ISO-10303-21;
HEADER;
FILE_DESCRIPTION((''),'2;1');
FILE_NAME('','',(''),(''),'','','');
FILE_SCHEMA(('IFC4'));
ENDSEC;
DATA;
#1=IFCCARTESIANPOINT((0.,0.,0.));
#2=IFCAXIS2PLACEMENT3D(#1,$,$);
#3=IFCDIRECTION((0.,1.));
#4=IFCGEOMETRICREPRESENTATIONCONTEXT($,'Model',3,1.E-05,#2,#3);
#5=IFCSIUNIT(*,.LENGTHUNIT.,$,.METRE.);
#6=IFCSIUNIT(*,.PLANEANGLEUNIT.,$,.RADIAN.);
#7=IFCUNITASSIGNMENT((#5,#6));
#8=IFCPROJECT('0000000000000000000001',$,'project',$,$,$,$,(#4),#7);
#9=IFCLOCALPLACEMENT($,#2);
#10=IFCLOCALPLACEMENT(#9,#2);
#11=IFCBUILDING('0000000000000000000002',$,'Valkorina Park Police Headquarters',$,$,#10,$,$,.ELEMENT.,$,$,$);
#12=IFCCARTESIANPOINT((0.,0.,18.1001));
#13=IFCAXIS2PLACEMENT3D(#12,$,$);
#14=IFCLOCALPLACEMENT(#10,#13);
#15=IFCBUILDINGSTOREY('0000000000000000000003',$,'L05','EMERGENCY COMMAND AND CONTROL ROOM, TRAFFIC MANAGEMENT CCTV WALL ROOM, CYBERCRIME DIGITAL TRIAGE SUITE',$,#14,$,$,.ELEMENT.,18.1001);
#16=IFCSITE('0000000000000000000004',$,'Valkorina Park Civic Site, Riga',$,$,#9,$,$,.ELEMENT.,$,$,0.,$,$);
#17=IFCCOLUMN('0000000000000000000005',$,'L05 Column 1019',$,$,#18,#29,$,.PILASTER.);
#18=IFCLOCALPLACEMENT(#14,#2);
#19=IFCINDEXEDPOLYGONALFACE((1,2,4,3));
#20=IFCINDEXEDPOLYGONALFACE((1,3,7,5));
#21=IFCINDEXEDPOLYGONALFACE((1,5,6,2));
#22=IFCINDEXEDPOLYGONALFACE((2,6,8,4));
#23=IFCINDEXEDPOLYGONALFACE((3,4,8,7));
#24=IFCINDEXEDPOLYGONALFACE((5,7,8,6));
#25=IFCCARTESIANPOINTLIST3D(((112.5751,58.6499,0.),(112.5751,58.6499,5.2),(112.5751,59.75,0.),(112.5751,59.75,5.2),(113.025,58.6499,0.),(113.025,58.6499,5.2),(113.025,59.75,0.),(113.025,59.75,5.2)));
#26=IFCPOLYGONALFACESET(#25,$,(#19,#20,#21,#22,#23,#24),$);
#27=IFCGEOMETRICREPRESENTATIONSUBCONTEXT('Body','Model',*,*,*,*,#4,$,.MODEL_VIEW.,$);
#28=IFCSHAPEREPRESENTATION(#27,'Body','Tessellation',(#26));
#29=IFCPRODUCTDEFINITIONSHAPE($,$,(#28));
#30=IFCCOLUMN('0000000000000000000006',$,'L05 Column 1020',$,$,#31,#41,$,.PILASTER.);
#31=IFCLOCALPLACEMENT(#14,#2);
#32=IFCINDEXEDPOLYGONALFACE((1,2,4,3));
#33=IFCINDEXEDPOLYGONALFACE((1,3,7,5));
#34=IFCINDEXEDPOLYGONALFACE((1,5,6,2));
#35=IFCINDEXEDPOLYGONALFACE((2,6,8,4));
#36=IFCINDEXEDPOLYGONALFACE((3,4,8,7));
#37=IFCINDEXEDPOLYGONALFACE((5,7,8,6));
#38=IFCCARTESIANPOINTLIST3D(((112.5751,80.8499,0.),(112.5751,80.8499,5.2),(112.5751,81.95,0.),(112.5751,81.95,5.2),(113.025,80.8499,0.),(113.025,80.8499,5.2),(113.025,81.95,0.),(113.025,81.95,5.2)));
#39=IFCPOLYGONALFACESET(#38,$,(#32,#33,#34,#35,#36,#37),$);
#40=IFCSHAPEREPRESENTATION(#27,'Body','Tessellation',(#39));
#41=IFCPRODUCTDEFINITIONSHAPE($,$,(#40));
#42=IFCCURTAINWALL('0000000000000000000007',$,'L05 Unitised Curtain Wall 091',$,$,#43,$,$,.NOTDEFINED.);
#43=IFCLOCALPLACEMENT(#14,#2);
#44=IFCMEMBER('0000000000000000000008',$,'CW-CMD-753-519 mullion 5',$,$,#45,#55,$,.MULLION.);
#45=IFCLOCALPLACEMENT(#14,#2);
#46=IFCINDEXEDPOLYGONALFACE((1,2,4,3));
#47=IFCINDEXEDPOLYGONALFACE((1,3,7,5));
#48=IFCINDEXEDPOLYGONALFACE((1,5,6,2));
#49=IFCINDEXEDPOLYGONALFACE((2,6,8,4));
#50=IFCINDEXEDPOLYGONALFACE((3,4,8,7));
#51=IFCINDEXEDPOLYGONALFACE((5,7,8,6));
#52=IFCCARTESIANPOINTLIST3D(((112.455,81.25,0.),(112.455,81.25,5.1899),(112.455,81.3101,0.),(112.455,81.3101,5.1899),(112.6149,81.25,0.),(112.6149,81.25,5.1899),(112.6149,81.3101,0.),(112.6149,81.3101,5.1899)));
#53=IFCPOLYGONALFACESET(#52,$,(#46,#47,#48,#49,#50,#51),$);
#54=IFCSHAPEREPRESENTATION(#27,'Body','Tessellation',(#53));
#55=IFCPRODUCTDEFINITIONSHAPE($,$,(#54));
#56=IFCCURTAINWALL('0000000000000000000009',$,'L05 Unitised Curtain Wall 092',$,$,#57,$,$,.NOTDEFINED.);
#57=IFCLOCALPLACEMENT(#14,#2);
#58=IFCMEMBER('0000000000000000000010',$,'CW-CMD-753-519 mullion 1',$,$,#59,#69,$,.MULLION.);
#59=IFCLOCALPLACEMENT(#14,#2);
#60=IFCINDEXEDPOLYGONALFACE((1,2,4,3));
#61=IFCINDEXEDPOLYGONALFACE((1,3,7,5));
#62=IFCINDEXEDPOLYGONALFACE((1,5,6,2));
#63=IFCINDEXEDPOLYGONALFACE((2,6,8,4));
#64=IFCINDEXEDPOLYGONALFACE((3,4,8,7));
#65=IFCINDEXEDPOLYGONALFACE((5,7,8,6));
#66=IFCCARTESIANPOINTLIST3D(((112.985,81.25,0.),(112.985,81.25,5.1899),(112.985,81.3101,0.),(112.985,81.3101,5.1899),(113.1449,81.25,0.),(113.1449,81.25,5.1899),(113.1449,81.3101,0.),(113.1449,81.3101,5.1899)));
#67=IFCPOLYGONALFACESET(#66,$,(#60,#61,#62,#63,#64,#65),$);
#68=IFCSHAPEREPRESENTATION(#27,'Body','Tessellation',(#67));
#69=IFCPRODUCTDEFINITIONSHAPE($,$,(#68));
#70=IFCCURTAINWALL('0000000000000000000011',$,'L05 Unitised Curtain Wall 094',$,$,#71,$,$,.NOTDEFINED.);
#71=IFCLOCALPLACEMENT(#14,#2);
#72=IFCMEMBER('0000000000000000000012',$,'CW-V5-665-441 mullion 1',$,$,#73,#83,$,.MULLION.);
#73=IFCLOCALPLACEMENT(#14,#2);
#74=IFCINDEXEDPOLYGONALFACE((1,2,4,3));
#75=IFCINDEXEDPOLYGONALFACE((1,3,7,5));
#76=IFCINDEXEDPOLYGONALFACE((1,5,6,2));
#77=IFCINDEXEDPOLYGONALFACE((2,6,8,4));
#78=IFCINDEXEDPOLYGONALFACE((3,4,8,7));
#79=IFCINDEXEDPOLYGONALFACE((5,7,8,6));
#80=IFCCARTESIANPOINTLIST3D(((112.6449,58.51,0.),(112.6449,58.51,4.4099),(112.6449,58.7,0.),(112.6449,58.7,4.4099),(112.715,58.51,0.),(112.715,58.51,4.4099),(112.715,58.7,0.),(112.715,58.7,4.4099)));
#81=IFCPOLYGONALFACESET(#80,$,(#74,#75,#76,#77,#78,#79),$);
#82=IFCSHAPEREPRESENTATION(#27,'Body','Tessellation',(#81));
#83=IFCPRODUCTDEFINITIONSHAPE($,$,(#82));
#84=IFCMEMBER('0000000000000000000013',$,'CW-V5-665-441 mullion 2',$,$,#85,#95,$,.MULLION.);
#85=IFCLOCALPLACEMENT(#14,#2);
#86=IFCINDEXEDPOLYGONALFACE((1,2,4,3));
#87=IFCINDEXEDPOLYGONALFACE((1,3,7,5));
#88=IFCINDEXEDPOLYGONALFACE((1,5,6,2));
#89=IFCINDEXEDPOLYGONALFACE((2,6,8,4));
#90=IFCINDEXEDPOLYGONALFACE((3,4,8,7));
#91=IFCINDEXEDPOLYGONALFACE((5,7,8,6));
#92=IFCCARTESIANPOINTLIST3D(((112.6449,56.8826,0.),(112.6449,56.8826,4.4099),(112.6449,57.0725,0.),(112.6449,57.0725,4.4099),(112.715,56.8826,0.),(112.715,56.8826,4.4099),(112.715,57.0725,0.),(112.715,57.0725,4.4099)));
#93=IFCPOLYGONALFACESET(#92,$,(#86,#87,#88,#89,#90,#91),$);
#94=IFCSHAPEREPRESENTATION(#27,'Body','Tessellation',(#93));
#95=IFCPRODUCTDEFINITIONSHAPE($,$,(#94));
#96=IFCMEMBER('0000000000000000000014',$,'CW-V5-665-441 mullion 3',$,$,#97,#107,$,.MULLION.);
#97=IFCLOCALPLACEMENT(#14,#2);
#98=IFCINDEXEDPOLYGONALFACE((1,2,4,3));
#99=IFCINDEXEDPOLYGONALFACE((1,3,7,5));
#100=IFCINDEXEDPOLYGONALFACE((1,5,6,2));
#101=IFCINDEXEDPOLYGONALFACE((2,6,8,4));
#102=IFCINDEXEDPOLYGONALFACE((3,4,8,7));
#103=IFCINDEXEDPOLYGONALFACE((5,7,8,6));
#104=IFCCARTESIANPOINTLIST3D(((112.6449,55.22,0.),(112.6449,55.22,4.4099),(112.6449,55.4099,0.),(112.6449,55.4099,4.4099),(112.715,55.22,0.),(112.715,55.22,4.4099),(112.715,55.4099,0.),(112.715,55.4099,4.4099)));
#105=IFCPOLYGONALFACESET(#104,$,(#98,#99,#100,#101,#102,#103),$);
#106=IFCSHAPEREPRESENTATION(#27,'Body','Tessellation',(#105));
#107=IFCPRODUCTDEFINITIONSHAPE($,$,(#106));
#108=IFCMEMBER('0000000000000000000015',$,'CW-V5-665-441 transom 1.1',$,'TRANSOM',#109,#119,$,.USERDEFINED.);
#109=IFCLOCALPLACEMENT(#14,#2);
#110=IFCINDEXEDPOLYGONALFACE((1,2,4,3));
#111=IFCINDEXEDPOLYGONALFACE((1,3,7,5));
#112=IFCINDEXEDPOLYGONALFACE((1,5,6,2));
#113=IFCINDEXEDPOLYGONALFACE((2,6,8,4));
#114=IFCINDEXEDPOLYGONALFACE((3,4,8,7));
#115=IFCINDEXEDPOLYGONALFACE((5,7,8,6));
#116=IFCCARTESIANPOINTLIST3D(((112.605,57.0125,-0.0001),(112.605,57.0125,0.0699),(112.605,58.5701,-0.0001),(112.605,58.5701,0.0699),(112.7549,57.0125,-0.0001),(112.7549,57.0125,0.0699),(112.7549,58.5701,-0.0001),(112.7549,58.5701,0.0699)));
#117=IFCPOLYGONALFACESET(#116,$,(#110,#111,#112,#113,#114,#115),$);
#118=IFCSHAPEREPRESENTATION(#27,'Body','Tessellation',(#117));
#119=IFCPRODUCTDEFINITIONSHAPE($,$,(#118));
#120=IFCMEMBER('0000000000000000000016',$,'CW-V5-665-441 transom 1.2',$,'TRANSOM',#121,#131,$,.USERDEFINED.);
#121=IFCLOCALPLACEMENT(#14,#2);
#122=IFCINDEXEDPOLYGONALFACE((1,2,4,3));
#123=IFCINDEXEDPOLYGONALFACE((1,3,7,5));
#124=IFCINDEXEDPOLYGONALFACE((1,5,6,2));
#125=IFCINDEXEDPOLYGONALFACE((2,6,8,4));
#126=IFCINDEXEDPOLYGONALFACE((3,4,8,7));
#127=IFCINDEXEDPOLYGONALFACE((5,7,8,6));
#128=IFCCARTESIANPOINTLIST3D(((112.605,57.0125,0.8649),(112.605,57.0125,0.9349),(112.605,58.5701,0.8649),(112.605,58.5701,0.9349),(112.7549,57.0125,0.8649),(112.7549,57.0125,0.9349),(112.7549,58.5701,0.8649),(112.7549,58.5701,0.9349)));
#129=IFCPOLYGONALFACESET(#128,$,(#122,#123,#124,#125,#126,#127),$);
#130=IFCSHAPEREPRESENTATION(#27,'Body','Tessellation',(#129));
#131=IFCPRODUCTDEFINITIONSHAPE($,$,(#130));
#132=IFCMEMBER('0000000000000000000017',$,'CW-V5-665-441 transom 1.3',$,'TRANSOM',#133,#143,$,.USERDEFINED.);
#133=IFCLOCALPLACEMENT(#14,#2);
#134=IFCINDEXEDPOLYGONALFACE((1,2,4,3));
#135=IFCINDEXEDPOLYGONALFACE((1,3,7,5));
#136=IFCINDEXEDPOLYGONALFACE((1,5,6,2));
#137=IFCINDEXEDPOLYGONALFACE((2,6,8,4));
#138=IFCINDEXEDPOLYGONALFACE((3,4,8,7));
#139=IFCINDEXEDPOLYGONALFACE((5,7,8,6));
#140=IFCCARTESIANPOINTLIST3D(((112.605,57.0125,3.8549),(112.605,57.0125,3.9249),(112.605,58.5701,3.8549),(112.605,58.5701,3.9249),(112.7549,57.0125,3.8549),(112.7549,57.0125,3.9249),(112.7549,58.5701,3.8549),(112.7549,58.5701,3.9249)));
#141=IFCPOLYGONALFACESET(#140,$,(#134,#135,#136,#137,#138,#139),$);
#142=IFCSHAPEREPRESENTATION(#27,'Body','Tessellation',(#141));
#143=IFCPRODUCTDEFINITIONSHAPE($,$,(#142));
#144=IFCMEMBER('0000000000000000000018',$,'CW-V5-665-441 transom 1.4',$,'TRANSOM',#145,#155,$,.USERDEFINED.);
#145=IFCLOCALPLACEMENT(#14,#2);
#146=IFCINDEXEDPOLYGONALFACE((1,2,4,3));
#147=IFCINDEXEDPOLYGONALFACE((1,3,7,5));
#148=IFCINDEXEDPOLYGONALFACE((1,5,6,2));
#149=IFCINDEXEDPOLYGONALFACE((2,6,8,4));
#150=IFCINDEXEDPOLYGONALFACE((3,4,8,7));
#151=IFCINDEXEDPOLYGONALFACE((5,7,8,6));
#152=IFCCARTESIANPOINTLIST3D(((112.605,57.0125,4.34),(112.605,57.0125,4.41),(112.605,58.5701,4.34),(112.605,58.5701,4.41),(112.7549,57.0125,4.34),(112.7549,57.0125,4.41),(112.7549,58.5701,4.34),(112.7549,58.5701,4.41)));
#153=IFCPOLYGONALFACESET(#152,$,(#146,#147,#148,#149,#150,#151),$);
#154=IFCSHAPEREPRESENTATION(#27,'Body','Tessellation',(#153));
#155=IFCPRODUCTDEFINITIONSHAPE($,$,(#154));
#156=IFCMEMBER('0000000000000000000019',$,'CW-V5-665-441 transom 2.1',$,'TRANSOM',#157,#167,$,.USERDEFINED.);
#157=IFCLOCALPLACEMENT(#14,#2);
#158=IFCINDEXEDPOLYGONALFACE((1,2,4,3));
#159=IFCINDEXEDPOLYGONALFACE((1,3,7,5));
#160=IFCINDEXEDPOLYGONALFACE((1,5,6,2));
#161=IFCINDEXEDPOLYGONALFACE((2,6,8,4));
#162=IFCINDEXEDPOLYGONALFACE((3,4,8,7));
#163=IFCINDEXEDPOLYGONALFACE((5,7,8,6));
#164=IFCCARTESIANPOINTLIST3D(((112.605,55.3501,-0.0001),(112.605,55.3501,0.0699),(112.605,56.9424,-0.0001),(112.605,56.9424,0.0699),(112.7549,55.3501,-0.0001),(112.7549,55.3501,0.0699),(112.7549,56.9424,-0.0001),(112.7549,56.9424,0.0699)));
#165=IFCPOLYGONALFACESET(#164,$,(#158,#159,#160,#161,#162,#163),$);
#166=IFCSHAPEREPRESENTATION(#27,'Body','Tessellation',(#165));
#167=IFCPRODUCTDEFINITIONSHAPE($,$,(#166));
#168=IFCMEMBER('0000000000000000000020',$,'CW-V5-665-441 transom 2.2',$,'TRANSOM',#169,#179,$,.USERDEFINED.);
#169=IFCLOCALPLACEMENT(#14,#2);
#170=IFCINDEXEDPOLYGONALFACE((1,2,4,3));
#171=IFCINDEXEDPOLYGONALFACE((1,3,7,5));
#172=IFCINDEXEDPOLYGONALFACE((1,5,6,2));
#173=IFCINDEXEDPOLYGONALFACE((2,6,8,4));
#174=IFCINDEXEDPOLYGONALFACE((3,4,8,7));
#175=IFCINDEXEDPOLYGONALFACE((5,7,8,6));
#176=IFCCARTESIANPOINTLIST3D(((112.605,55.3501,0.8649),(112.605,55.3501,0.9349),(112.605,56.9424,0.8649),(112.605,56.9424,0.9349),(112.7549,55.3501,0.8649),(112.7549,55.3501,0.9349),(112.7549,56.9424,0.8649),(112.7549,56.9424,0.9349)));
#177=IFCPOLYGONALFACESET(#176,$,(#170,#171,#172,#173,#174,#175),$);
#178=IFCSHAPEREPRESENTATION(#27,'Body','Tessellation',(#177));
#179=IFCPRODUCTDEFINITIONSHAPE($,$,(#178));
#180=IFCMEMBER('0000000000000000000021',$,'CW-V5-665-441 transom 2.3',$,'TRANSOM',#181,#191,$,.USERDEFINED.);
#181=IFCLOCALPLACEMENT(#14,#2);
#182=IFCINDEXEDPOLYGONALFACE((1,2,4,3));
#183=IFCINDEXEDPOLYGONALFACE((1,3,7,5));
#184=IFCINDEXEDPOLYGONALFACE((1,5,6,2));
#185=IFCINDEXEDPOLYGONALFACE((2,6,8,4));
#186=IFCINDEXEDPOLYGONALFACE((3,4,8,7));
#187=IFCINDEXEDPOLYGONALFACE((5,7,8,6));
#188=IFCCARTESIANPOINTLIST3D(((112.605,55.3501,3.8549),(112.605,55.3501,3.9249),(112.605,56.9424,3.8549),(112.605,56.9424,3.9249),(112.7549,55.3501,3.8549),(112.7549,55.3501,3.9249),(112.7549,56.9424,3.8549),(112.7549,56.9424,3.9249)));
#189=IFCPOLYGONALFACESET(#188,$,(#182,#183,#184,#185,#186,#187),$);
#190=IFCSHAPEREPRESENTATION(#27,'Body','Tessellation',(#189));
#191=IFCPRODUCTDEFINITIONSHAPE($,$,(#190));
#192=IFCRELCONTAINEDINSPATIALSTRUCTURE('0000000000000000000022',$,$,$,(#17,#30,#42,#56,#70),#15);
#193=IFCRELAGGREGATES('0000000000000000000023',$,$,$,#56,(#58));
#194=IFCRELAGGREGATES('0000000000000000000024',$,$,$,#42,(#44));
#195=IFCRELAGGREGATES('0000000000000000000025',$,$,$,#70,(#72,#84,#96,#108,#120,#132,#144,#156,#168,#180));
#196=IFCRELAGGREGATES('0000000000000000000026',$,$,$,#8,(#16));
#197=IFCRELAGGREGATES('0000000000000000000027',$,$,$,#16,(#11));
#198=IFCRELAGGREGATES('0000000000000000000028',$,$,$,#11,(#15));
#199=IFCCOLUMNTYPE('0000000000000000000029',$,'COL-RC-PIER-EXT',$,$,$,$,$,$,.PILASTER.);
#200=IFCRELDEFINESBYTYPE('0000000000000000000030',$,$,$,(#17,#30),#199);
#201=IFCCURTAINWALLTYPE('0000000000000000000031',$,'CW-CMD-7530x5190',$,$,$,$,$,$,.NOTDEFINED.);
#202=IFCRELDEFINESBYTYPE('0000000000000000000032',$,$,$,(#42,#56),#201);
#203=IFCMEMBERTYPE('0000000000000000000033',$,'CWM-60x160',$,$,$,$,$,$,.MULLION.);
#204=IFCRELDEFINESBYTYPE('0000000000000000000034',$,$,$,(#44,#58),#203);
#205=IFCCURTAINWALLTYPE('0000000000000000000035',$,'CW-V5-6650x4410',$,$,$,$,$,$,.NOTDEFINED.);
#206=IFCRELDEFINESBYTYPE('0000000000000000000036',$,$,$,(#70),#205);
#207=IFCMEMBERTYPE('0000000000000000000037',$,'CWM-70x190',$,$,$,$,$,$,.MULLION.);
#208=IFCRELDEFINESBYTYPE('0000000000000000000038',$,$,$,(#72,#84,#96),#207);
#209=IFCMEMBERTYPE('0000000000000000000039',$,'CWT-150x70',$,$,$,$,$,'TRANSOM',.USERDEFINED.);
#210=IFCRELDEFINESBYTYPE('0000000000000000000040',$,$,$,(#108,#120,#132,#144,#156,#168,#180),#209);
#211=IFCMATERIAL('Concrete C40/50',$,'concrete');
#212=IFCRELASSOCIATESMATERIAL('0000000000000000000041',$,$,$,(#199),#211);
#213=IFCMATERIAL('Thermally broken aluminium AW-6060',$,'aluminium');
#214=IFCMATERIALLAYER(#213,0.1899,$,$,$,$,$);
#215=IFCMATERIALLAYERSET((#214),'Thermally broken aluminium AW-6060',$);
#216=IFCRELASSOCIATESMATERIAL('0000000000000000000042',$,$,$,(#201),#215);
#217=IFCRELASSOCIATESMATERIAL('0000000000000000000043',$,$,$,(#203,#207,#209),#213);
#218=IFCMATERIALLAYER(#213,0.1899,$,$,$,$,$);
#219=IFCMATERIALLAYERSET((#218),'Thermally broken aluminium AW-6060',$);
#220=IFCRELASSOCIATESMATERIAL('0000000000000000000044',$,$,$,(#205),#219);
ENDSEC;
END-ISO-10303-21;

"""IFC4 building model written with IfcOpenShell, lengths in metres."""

from ifc_helpers import new_model, si_unit, direction, frame, origin, origin_2d, place, context, subcontext, project, spatial, rectangle, extrude, material, layer, layer_set, material_profile, profile_set, type_object, element, aggregate, save


model = new_model("IFC4")

# Units and contexts
model_context = context("Model", 3, precision=1e-05, world=origin(), true_north=direction((0.0, 1.0)))
body_context = subcontext(model_context, "Body", "Model", "MODEL_VIEW")
ifc_project = project(units=[si_unit("LENGTHUNIT", "METRE"), si_unit("PLANEANGLEUNIT", "RADIAN")], contexts=[model_context])

# Site, building, storey
site_placement = place(None, origin())
site = spatial("IfcSite", under=ifc_project, at=site_placement, Name="Valkorina Park Civic Site, Riga", CompositionType="ELEMENT", RefElevation=0.0)
building_placement = place(site_placement, origin())
building = spatial("IfcBuilding", under=site, at=building_placement, Name="Valkorina Park Police Headquarters", CompositionType="ELEMENT")
storey_placement = place(building_placement, frame((0.0, 0.0, 18.1001)))
storey = spatial("IfcBuildingStorey", under=building, at=storey_placement, Name="L05", Description="EMERGENCY COMMAND AND CONTROL ROOM, TRAFFIC MANAGEMENT CCTV WALL ROOM, CYBERCRIME DIGITAL TRIAGE SUITE", CompositionType="ELEMENT", Elevation=18.1001)

# Columns
ifc_material_1 = material(Name="Concrete C40/50", Category="concrete")
ifc_material_profile_1 = material_profile(ifc_material_1, rectangle(XDim=0.45, YDim=1.1001, at=origin_2d()), Name="RC PIER 450x1100")
ifc_profile_set_1 = profile_set([ifc_material_profile_1], Name="Concrete C40/50")
column_type = type_object("IfcColumnType", Name="COL-RC-PIER-EXT", PredefinedType="PILASTER", material=ifc_profile_set_1)
for number, where, z_axis, x_axis, name in (
    (1, (112.8, 59.2, 0.0), (0.0, 0.0, 1.0), (1.0, 0.0, 0.0), "L05 Column 1019"),
    (2, (112.8, 81.3999, 0.0), (0.0, 0.0, 1.0), (1.0, 0.0, 0.0), "L05 Column 1020"),
):
    element("IfcColumn", number, at=place(storey_placement, frame(where, z_axis=z_axis, x_axis=x_axis)), inside=storey, type_object=column_type, Name=name, PredefinedType="PILASTER", context=body_context, shape_type="SweptSolid", body=[
        extrude(rectangle(XDim=0.45, YDim=1.1001, at=origin_2d()), origin(), (0.0, 0.0, 1.0), 5.2),
    ])

# Curtain walls, members
ifc_material_2 = material(Name="Thermally broken aluminium AW-6060", Category="aluminium")
ifc_layer_1 = layer(ifc_material_2, 0.1899)
ifc_layer_set_1 = layer_set([ifc_layer_1], Name="Thermally broken aluminium AW-6060")
curtain_wall_type_1 = type_object("IfcCurtainWallType", Name="CW-CMD-7530x5190", PredefinedType="NOTDEFINED", material=ifc_layer_set_1)
curtain_wall_1_placement = place(storey_placement, origin())
curtain_wall_1 = element("IfcCurtainWall", 3, at=curtain_wall_1_placement, inside=storey, type_object=curtain_wall_type_1, Name="L05 Unitised Curtain Wall 091", PredefinedType="NOTDEFINED")
ifc_material_profile_2 = material_profile(ifc_material_2, rectangle(XDim=0.0601, YDim=0.1599, at=origin_2d()), Name="CWM-01 60x160")
ifc_profile_set_2 = profile_set([ifc_material_profile_2], Name="Thermally broken aluminium AW-6060")
member_type_1 = type_object("IfcMemberType", Name="CWM-60x160", PredefinedType="MULLION", material=ifc_profile_set_2)
member_1_placement = place(storey_placement, frame((112.5349, 81.28, 0.0), z_axis=(0.0, 0.0, 1.0), x_axis=(0.0, 1.0, 0.0)))
member_1 = element("IfcMember", 4, at=member_1_placement, type_object=member_type_1, Name="CW-CMD-753-519 mullion 5", PredefinedType="MULLION", context=body_context, shape_type="SweptSolid", body=[
    extrude(rectangle(XDim=0.0601, YDim=0.1599, at=origin_2d()), origin(), (0.0, 0.0, 1.0), 5.1899),
])
curtain_wall_2_placement = place(storey_placement, origin())
curtain_wall_2 = element("IfcCurtainWall", 5, at=curtain_wall_2_placement, inside=storey, type_object=curtain_wall_type_1, Name="L05 Unitised Curtain Wall 092", PredefinedType="NOTDEFINED")
member_2_placement = place(storey_placement, frame((113.0649, 81.28, 0.0), z_axis=(0.0, 0.0, 1.0), x_axis=(0.0, 1.0, 0.0)))
member_2 = element("IfcMember", 6, at=member_2_placement, type_object=member_type_1, Name="CW-CMD-753-519 mullion 1", PredefinedType="MULLION", context=body_context, shape_type="SweptSolid", body=[
    extrude(rectangle(XDim=0.0601, YDim=0.1599, at=origin_2d()), origin(), (0.0, 0.0, 1.0), 5.1899),
])
aggregate(curtain_wall_2, [member_2])

# Curtain wall, members
ifc_layer_2 = layer(ifc_material_2, 0.1899)
ifc_layer_set_2 = layer_set([ifc_layer_2], Name="Thermally broken aluminium AW-6060")
curtain_wall_type_2 = type_object("IfcCurtainWallType", Name="CW-V5-6650x4410", PredefinedType="NOTDEFINED", material=ifc_layer_set_2)
curtain_wall_3_placement = place(storey_placement, origin())
curtain_wall_3 = element("IfcCurtainWall", 7, at=curtain_wall_3_placement, inside=storey, type_object=curtain_wall_type_2, Name="L05 Unitised Curtain Wall 094", PredefinedType="NOTDEFINED")
ifc_material_profile_3 = material_profile(ifc_material_2, rectangle(XDim=0.0701, YDim=0.1899, at=origin_2d()), Name="CWM-02 70x190")
ifc_profile_set_3 = profile_set([ifc_material_profile_3], Name="Thermally broken aluminium AW-6060")
member_type_2 = type_object("IfcMemberType", Name="CWM-70x190", PredefinedType="MULLION", material=ifc_profile_set_3)
member_3_placement = place(storey_placement, frame((112.6799, 58.605, 0.0), z_axis=(0.0, 0.0, 1.0), x_axis=(1.0, 0.0, 0.0)))
member_3 = element("IfcMember", 8, at=member_3_placement, type_object=member_type_2, Name="CW-V5-665-441 mullion 1", PredefinedType="MULLION", context=body_context, shape_type="SweptSolid", body=[
    extrude(rectangle(XDim=0.0701, YDim=0.1899, at=origin_2d()), origin(), (0.0, 0.0, 1.0), 4.4099),
])
member_4_placement = place(storey_placement, frame((112.6799, 56.9775, 0.0), z_axis=(0.0, 0.0, 1.0), x_axis=(1.0, 0.0, 0.0)))
member_4 = element("IfcMember", 9, at=member_4_placement, type_object=member_type_2, Name="CW-V5-665-441 mullion 2", PredefinedType="MULLION", context=body_context, shape_type="SweptSolid", body=[
    extrude(rectangle(XDim=0.0701, YDim=0.1899, at=origin_2d()), origin(), (0.0, 0.0, 1.0), 4.4099),
])
member_5_placement = place(storey_placement, frame((112.6799, 55.3149, 0.0), z_axis=(0.0, 0.0, 1.0), x_axis=(1.0, 0.0, 0.0)))
member_5 = element("IfcMember", 10, at=member_5_placement, type_object=member_type_2, Name="CW-V5-665-441 mullion 3", PredefinedType="MULLION", context=body_context, shape_type="SweptSolid", body=[
    extrude(rectangle(XDim=0.0701, YDim=0.1899, at=origin_2d()), origin(), (0.0, 0.0, 1.0), 4.4099),
])
ifc_material_profile_4 = material_profile(ifc_material_2, rectangle(XDim=0.1499, YDim=0.0701, at=origin_2d()), Name="CWT-02 150x70")
ifc_profile_set_4 = profile_set([ifc_material_profile_4], Name="Thermally broken aluminium AW-6060")
member_type_3 = type_object("IfcMemberType", Name="CWT-150x70", ElementType="TRANSOM", PredefinedType="USERDEFINED", material=ifc_profile_set_4)
member_6_placement = place(storey_placement, frame((112.6799, 58.5701, 0.0349), z_axis=(0.0, -1.0, 0.0), x_axis=(1.0, 0.0, 0.0)))
member_6 = element("IfcMember", 11, at=member_6_placement, type_object=member_type_3, Name="CW-V5-665-441 transom 1.1", ObjectType="TRANSOM", PredefinedType="USERDEFINED", context=body_context, shape_type="SweptSolid", body=[
    extrude(rectangle(XDim=0.1499, YDim=0.0701, at=origin_2d()), origin(), (0.0, 0.0, 1.0), 1.5576),
])
member_7_placement = place(storey_placement, frame((112.6799, 58.5701, 0.8999), z_axis=(0.0, -1.0, 0.0), x_axis=(1.0, 0.0, 0.0)))
member_7 = element("IfcMember", 12, at=member_7_placement, type_object=member_type_3, Name="CW-V5-665-441 transom 1.2", ObjectType="TRANSOM", PredefinedType="USERDEFINED", context=body_context, shape_type="SweptSolid", body=[
    extrude(rectangle(XDim=0.1499, YDim=0.0701, at=origin_2d()), origin(), (0.0, 0.0, 1.0), 1.5576),
])
member_8_placement = place(storey_placement, frame((112.6799, 58.5701, 3.8899), z_axis=(0.0, -1.0, 0.0), x_axis=(1.0, 0.0, 0.0)))
member_8 = element("IfcMember", 13, at=member_8_placement, type_object=member_type_3, Name="CW-V5-665-441 transom 1.3", ObjectType="TRANSOM", PredefinedType="USERDEFINED", context=body_context, shape_type="SweptSolid", body=[
    extrude(rectangle(XDim=0.1499, YDim=0.0701, at=origin_2d()), origin(), (0.0, 0.0, 1.0), 1.5576),
])
member_9_placement = place(storey_placement, frame((112.6799, 58.5701, 4.375), z_axis=(0.0, -1.0, 0.0), x_axis=(1.0, 0.0, 0.0)))
member_9 = element("IfcMember", 14, at=member_9_placement, type_object=member_type_3, Name="CW-V5-665-441 transom 1.4", ObjectType="TRANSOM", PredefinedType="USERDEFINED", context=body_context, shape_type="SweptSolid", body=[
    extrude(rectangle(XDim=0.1499, YDim=0.0701, at=origin_2d()), origin(), (0.0, 0.0, 1.0), 1.5576),
])
member_10_placement = place(storey_placement, frame((112.6799, 56.9424, 0.0349), z_axis=(0.0, -1.0, 0.0), x_axis=(1.0, 0.0, 0.0)))
member_10 = element("IfcMember", 15, at=member_10_placement, type_object=member_type_3, Name="CW-V5-665-441 transom 2.1", ObjectType="TRANSOM", PredefinedType="USERDEFINED", context=body_context, shape_type="SweptSolid", body=[
    extrude(rectangle(XDim=0.1499, YDim=0.0701, at=origin_2d()), origin(), (0.0, 0.0, 1.0), 1.5923),
])
member_11_placement = place(storey_placement, frame((112.6799, 56.9424, 0.8999), z_axis=(0.0, -1.0, 0.0), x_axis=(1.0, 0.0, 0.0)))
member_11 = element("IfcMember", 16, at=member_11_placement, type_object=member_type_3, Name="CW-V5-665-441 transom 2.2", ObjectType="TRANSOM", PredefinedType="USERDEFINED", context=body_context, shape_type="SweptSolid", body=[
    extrude(rectangle(XDim=0.1499, YDim=0.0701, at=origin_2d()), origin(), (0.0, 0.0, 1.0), 1.5923),
])
member_12_placement = place(storey_placement, frame((112.6799, 56.9424, 3.8899), z_axis=(0.0, -1.0, 0.0), x_axis=(1.0, 0.0, 0.0)))
member_12 = element("IfcMember", 17, at=member_12_placement, type_object=member_type_3, Name="CW-V5-665-441 transom 2.3", ObjectType="TRANSOM", PredefinedType="USERDEFINED", context=body_context, shape_type="SweptSolid", body=[
    extrude(rectangle(XDim=0.1499, YDim=0.0701, at=origin_2d()), origin(), (0.0, 0.0, 1.0), 1.5923),
])

aggregate(curtain_wall_1, [member_1])
aggregate(curtain_wall_3, [member_3, member_4, member_5, member_6, member_7, member_8, member_9, member_10, member_11, member_12])

save(model, "model.ifc")
